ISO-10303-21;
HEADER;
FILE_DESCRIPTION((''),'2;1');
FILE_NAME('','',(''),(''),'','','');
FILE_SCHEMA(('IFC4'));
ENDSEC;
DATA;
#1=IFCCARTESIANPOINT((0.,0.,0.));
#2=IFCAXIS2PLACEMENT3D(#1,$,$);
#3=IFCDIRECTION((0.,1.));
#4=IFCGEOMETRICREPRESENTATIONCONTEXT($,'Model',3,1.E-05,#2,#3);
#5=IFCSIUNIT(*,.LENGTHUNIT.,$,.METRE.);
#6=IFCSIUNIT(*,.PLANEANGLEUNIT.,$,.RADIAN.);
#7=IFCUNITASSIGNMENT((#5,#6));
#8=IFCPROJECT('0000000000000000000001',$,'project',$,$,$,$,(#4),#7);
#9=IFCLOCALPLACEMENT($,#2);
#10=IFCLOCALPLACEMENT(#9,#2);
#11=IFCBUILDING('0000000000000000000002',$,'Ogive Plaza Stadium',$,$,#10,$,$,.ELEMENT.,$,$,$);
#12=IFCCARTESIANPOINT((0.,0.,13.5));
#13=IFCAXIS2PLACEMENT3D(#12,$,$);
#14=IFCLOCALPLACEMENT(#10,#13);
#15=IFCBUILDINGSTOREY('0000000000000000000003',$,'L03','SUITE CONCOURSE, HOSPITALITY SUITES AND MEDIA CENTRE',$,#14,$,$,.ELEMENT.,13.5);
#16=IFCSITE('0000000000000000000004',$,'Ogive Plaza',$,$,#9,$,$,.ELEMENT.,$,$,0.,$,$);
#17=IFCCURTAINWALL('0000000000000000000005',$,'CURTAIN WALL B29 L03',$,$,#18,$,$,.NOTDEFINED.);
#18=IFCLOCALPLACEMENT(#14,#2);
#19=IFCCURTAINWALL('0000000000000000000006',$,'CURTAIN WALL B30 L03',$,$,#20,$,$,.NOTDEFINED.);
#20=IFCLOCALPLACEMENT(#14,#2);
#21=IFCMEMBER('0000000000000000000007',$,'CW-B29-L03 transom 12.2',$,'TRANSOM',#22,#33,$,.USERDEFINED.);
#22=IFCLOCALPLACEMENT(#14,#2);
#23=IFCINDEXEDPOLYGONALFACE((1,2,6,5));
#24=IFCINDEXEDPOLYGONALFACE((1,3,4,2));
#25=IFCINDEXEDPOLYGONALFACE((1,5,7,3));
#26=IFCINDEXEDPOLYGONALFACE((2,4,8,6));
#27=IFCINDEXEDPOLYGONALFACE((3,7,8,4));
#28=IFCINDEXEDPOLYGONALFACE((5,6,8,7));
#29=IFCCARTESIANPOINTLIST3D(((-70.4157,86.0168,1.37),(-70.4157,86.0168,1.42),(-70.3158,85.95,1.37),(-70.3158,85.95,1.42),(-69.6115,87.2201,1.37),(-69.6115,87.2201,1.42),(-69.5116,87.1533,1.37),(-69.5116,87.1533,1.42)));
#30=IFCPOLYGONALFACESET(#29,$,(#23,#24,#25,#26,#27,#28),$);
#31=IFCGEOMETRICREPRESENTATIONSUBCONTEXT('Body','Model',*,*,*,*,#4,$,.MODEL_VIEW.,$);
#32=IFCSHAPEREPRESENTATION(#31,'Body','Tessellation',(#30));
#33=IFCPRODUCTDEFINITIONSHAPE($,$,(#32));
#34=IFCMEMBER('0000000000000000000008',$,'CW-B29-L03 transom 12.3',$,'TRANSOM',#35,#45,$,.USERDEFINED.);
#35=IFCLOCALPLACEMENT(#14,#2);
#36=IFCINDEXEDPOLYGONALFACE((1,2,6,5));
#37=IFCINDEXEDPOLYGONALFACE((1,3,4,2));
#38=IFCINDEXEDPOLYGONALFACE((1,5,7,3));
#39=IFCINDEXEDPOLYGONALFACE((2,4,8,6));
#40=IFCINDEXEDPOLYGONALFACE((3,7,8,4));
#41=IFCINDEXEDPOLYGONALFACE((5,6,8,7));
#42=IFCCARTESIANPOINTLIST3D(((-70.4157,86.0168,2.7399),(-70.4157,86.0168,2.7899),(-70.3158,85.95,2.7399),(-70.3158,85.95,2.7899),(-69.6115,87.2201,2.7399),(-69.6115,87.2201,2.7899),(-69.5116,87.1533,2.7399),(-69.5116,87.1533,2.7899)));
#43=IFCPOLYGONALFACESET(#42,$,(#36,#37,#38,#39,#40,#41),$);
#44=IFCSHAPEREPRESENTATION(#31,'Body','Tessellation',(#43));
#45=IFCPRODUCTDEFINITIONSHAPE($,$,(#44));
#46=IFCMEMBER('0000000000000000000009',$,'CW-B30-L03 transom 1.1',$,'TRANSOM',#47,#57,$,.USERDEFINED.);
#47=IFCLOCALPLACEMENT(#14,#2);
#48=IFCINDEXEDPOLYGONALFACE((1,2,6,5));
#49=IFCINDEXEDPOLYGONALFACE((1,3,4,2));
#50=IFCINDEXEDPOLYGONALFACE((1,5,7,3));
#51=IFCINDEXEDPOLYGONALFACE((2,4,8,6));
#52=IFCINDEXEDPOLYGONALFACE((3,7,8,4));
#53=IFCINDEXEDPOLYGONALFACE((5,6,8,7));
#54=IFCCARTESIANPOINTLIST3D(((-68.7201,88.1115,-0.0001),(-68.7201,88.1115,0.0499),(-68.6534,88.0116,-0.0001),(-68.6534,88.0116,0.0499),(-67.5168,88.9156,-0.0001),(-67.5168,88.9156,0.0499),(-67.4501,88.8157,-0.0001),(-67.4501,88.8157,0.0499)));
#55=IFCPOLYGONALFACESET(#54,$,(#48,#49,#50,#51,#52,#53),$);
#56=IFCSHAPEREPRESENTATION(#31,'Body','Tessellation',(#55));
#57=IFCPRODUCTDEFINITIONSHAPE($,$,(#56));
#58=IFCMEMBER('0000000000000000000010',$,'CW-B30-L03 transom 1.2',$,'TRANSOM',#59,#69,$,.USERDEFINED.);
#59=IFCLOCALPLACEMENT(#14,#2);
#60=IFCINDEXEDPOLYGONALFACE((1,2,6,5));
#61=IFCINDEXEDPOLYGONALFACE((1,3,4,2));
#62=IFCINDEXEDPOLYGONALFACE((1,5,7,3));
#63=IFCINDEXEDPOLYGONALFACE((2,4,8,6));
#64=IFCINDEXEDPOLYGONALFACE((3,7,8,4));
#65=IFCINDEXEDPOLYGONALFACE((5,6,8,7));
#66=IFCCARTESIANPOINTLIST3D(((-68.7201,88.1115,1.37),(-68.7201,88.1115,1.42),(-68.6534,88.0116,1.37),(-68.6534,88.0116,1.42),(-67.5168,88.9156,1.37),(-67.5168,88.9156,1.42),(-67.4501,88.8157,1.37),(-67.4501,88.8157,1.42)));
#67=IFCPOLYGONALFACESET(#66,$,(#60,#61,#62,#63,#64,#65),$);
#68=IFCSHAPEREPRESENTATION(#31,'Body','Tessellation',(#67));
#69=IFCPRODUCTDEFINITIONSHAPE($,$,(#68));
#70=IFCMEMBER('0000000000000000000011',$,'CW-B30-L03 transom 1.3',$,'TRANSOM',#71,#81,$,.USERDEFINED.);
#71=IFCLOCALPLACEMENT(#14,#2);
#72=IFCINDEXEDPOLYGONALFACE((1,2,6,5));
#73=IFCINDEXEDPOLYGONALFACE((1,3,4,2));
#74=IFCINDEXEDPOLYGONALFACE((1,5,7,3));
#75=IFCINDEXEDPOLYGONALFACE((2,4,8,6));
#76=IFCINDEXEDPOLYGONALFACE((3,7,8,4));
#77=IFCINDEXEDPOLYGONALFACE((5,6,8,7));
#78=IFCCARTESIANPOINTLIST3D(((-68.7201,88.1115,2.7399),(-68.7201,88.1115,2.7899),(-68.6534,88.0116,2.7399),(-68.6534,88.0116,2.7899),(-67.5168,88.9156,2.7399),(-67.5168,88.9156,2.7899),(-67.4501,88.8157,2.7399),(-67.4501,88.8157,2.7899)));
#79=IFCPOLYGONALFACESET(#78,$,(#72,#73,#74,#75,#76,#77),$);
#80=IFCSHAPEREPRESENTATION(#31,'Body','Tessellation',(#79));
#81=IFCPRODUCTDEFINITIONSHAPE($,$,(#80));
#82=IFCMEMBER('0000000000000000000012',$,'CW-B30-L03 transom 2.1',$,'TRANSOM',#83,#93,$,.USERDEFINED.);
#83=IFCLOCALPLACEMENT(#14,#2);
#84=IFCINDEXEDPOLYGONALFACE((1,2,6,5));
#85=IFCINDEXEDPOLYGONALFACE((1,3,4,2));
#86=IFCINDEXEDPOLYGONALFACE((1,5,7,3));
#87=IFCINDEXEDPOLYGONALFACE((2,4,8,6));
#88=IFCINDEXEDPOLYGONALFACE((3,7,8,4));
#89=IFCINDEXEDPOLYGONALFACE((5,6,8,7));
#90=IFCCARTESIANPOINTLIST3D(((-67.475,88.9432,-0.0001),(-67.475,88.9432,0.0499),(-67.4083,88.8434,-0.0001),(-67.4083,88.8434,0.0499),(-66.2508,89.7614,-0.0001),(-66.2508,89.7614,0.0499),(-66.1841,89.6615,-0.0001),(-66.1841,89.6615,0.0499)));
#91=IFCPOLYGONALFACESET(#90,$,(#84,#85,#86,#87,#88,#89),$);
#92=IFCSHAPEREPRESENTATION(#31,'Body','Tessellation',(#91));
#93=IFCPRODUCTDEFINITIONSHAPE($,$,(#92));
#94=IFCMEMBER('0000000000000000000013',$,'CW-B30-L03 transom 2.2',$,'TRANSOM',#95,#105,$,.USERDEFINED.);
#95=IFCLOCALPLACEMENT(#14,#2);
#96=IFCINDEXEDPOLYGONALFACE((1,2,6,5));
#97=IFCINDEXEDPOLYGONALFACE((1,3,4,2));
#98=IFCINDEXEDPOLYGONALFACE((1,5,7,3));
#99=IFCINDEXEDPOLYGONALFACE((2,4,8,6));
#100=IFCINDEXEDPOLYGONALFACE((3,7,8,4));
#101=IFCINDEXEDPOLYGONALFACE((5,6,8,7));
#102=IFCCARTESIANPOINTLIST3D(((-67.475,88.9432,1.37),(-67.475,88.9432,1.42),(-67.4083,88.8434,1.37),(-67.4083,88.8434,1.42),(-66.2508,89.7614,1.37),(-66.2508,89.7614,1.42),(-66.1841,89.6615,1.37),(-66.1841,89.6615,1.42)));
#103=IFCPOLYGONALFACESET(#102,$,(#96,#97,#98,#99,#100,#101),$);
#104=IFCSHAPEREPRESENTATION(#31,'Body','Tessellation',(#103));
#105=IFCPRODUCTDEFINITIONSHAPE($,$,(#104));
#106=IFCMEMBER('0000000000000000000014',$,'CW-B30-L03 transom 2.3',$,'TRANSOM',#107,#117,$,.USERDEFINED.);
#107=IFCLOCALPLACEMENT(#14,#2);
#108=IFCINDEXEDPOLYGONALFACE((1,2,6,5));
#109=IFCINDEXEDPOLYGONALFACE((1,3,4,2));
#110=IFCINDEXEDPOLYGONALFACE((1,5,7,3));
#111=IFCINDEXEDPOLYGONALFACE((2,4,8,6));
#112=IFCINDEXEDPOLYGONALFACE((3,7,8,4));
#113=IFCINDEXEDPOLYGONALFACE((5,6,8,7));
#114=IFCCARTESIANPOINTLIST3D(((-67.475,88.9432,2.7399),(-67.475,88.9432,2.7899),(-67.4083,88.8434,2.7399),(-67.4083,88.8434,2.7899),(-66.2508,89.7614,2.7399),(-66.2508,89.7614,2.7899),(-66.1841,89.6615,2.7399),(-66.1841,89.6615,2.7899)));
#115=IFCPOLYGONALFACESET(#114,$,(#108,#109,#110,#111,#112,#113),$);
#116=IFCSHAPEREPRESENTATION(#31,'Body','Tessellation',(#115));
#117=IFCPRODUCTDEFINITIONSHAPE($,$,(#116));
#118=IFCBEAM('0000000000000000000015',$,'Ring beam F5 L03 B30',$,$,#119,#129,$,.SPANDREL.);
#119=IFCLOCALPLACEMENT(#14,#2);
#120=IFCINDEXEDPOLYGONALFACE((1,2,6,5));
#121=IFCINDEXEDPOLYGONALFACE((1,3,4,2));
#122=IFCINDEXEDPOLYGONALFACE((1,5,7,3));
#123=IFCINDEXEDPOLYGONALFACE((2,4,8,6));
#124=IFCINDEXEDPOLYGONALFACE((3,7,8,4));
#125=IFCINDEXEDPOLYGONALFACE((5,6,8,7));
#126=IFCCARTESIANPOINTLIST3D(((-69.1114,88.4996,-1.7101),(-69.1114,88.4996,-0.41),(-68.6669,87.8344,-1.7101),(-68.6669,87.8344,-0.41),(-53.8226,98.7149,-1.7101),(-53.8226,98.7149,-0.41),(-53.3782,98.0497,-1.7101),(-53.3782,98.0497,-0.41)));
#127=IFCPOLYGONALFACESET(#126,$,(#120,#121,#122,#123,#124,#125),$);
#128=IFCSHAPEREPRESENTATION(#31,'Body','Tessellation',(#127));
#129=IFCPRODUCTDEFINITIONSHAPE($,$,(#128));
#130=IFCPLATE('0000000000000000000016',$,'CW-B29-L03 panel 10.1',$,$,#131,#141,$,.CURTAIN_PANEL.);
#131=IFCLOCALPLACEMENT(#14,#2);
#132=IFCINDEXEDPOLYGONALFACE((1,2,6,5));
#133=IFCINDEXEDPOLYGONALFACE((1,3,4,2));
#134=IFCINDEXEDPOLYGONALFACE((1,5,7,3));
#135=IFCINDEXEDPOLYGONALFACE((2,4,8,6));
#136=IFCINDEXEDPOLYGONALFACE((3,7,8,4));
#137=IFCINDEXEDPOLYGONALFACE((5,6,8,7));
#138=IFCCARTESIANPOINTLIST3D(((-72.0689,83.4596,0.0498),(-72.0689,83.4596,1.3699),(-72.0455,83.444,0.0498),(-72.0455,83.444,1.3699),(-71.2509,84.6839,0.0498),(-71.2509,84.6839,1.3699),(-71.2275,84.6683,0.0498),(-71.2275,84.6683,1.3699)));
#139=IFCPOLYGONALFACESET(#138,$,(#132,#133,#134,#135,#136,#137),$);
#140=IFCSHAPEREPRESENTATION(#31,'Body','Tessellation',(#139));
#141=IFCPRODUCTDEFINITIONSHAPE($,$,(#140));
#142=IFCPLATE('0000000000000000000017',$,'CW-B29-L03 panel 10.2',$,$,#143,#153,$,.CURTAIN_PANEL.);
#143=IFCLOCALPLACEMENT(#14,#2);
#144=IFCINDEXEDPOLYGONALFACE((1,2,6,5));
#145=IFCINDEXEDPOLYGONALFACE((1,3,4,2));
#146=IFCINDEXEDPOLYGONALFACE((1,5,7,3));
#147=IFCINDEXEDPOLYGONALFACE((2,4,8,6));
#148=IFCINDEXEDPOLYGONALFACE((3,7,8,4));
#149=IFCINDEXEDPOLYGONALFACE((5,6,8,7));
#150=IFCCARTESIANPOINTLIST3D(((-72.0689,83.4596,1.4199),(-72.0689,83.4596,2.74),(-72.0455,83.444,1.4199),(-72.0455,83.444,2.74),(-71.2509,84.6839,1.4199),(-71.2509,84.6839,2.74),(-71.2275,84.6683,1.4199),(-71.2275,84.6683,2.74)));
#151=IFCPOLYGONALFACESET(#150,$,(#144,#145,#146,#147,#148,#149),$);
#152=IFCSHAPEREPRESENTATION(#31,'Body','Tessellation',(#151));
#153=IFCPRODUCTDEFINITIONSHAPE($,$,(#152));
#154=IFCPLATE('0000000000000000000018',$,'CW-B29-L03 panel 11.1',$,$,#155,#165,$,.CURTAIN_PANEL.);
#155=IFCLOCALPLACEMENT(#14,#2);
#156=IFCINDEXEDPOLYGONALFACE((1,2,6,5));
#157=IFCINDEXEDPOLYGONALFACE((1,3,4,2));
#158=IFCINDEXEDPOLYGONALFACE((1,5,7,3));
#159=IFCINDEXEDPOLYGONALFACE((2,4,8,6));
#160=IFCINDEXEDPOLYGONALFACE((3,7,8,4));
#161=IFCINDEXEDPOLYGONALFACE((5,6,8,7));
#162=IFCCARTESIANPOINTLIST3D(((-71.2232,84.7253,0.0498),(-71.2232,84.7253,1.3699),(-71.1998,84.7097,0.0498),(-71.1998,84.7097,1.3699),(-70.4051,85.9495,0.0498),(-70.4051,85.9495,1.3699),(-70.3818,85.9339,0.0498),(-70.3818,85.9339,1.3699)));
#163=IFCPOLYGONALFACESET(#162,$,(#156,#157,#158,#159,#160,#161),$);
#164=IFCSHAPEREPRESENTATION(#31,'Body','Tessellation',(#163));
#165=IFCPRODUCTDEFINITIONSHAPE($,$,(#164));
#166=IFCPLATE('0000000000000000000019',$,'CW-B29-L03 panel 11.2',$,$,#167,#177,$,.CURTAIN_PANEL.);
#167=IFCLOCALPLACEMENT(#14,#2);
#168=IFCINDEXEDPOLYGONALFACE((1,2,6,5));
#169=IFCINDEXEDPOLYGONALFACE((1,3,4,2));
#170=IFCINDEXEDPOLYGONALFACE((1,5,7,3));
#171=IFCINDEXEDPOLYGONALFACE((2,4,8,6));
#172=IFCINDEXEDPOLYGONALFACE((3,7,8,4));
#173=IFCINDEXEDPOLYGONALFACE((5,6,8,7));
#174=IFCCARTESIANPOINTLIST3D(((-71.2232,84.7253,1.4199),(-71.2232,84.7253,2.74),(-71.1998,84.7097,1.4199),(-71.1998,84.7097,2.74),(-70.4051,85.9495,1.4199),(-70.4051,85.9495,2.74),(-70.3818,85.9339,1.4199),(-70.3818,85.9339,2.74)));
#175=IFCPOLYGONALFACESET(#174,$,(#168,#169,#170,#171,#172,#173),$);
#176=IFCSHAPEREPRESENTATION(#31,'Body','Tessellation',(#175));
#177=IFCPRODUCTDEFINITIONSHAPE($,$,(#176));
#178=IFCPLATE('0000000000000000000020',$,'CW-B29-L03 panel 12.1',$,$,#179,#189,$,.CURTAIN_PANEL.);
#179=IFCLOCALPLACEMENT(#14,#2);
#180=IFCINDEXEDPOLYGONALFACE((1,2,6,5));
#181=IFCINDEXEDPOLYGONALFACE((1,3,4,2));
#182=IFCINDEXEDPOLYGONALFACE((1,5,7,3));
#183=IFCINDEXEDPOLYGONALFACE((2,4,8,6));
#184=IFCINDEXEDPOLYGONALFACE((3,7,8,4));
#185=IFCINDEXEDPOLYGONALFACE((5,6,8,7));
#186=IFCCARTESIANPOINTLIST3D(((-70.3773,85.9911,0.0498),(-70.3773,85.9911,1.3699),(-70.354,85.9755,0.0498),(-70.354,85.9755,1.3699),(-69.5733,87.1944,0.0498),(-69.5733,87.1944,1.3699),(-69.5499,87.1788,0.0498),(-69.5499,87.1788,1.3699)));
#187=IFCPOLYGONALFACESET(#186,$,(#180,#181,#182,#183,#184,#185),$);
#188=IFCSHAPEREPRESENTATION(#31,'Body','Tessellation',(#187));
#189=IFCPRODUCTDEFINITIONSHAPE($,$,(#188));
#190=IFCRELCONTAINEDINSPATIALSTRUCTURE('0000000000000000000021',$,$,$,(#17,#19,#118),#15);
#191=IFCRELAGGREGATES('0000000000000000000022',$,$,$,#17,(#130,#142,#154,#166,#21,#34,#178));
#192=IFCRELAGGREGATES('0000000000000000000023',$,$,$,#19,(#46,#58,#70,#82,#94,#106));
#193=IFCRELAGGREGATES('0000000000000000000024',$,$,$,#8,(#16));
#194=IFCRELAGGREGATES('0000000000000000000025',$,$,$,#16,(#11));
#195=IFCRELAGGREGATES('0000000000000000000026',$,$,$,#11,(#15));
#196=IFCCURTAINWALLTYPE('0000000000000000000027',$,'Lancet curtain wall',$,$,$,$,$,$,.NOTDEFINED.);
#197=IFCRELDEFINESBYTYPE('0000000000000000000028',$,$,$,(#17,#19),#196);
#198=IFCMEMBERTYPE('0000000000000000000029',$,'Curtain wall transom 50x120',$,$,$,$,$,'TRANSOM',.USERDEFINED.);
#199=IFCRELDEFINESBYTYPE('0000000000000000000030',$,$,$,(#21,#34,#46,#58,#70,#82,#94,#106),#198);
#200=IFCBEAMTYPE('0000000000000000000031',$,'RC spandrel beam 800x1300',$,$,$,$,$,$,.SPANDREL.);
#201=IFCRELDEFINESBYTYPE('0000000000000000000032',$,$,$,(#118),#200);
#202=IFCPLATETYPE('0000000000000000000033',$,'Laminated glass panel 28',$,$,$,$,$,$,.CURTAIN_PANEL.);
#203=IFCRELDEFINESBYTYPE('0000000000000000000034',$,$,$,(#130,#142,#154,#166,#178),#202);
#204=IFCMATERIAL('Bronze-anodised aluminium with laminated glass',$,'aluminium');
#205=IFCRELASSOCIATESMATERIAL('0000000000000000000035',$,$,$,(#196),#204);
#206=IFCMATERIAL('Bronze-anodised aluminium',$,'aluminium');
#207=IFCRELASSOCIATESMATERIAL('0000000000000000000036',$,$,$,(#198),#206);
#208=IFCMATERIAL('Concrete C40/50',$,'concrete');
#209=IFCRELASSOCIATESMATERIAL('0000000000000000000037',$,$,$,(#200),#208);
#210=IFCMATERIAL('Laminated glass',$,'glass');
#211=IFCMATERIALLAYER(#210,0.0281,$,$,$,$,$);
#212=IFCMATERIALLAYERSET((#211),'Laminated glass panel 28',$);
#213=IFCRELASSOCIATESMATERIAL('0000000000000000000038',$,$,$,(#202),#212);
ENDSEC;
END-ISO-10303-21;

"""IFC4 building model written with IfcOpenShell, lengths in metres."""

from ifc_helpers import new_model, si_unit, direction, frame, origin, origin_2d, place, context, subcontext, project, spatial, rectangle, extrude, material, layer, layer_set, material_profile, profile_set, type_object, element, aggregate, save


model = new_model("IFC4")

# Units and contexts
model_context = context("Model", 3, precision=1e-05, world=origin(), true_north=direction((0.0, 1.0)))
body_context = subcontext(model_context, "Body", "Model", "MODEL_VIEW")
ifc_project = project(units=[si_unit("LENGTHUNIT", "METRE"), si_unit("PLANEANGLEUNIT", "RADIAN")], contexts=[model_context])

# Site, building, storey
site_placement = place(None, origin())
site = spatial("IfcSite", under=ifc_project, at=site_placement, Name="Ogive Plaza", CompositionType="ELEMENT", RefElevation=0.0)
building_placement = place(site_placement, origin())
building = spatial("IfcBuilding", under=site, at=building_placement, Name="Ogive Plaza Stadium", CompositionType="ELEMENT")
storey_placement = place(building_placement, frame((0.0, 0.0, 13.5)))
storey = spatial("IfcBuildingStorey", under=building, at=storey_placement, Name="L03", Description="SUITE CONCOURSE, HOSPITALITY SUITES AND MEDIA CENTRE", CompositionType="ELEMENT", Elevation=13.5)

# Curtain walls
ifc_material_1 = material(Name="Bronze-anodised aluminium with laminated glass", Category="aluminium")
curtain_wall_type = type_object("IfcCurtainWallType", Name="Lancet curtain wall", PredefinedType="NOTDEFINED", material=ifc_material_1)
curtain_wall_1_placement = place(storey_placement, origin())
curtain_wall_1 = element("IfcCurtainWall", 1, at=curtain_wall_1_placement, inside=storey, type_object=curtain_wall_type, Name="CURTAIN WALL B29 L03", PredefinedType="NOTDEFINED")
curtain_wall_2_placement = place(storey_placement, origin())
curtain_wall_2 = element("IfcCurtainWall", 2, at=curtain_wall_2_placement, inside=storey, type_object=curtain_wall_type, Name="CURTAIN WALL B30 L03", PredefinedType="NOTDEFINED")

# Members
ifc_material_2 = material(Name="Bronze-anodised aluminium", Category="aluminium")
ifc_material_profile_1 = material_profile(ifc_material_2, rectangle(XDim=0.1201, YDim=0.05, at=origin_2d()), Name="AL 120x50")
ifc_profile_set_1 = profile_set([ifc_material_profile_1], Name="Bronze-anodised aluminium")
member_type_1 = type_object("IfcMemberType", Name="Curtain wall transom 50x120", ElementType="TRANSOM", PredefinedType="USERDEFINED", material=ifc_profile_set_1)
member_1_placement = place(storey_placement, frame((-70.3657, 85.9834, 1.395), z_axis=(0.555634, 0.831427, 0.0), x_axis=(-0.831427, 0.555634, 0.0)))
member_1 = element("IfcMember", 3, at=member_1_placement, type_object=member_type_1, Name="CW-B29-L03 transom 12.2", ObjectType="TRANSOM", PredefinedType="USERDEFINED", context=body_context, shape_type="SweptSolid", body=[
    extrude(rectangle(XDim=0.1201, YDim=0.05, at=origin_2d()), origin(), (0.0, 0.0, 1.0), 1.4473),
])
member_2_placement = place(storey_placement, frame((-70.3657, 85.9834, 2.7649), z_axis=(0.555634, 0.831427, 0.0), x_axis=(-0.831427, 0.555634, 0.0)))
member_2 = element("IfcMember", 4, at=member_2_placement, type_object=member_type_1, Name="CW-B29-L03 transom 12.3", ObjectType="TRANSOM", PredefinedType="USERDEFINED", context=body_context, shape_type="SweptSolid", body=[
    extrude(rectangle(XDim=0.1201, YDim=0.05, at=origin_2d()), origin(), (0.0, 0.0, 1.0), 1.4473),
])
member_3_placement = place(storey_placement, frame((-68.6868, 88.0615, 0.0249), z_axis=(0.831427, 0.555634, 0.0), x_axis=(-0.555634, 0.831427, 0.0)))
member_3 = element("IfcMember", 5, at=member_3_placement, type_object=member_type_1, Name="CW-B30-L03 transom 1.1", ObjectType="TRANSOM", PredefinedType="USERDEFINED", context=body_context, shape_type="SweptSolid", body=[
    extrude(rectangle(XDim=0.1201, YDim=0.05, at=origin_2d()), origin(), (0.0, 0.0, 1.0), 1.4473),
])
member_4_placement = place(storey_placement, frame((-68.6868, 88.0615, 1.395), z_axis=(0.831427, 0.555634, 0.0), x_axis=(-0.555634, 0.831427, 0.0)))
member_4 = element("IfcMember", 6, at=member_4_placement, type_object=member_type_1, Name="CW-B30-L03 transom 1.2", ObjectType="TRANSOM", PredefinedType="USERDEFINED", context=body_context, shape_type="SweptSolid", body=[
    extrude(rectangle(XDim=0.1201, YDim=0.05, at=origin_2d()), origin(), (0.0, 0.0, 1.0), 1.4473),
])
member_5_placement = place(storey_placement, frame((-68.6868, 88.0615, 2.7649), z_axis=(0.831427, 0.555634, 0.0), x_axis=(-0.555634, 0.831427, 0.0)))
member_5 = element("IfcMember", 7, at=member_5_placement, type_object=member_type_1, Name="CW-B30-L03 transom 1.3", ObjectType="TRANSOM", PredefinedType="USERDEFINED", context=body_context, shape_type="SweptSolid", body=[
    extrude(rectangle(XDim=0.1201, YDim=0.05, at=origin_2d()), origin(), (0.0, 0.0, 1.0), 1.4473),
])
member_6_placement = place(storey_placement, frame((-67.4417, 88.8933, 0.0249), z_axis=(0.831412, 0.555656, 0.0), x_axis=(-0.555656, 0.831412, 0.0)))
member_6 = element("IfcMember", 8, at=member_6_placement, type_object=member_type_1, Name="CW-B30-L03 transom 2.1", ObjectType="TRANSOM", PredefinedType="USERDEFINED", context=body_context, shape_type="SweptSolid", body=[
    extrude(rectangle(XDim=0.1201, YDim=0.05, at=origin_2d()), origin(), (0.0, 0.0, 1.0), 1.4724),
])
member_7_placement = place(storey_placement, frame((-67.4417, 88.8933, 1.395), z_axis=(0.831412, 0.555656, 0.0), x_axis=(-0.555656, 0.831412, 0.0)))
member_7 = element("IfcMember", 9, at=member_7_placement, type_object=member_type_1, Name="CW-B30-L03 transom 2.2", ObjectType="TRANSOM", PredefinedType="USERDEFINED", context=body_context, shape_type="SweptSolid", body=[
    extrude(rectangle(XDim=0.1201, YDim=0.05, at=origin_2d()), origin(), (0.0, 0.0, 1.0), 1.4724),
])
member_8_placement = place(storey_placement, frame((-67.4417, 88.8933, 2.7649), z_axis=(0.831412, 0.555656, 0.0), x_axis=(-0.555656, 0.831412, 0.0)))
member_8 = element("IfcMember", 10, at=member_8_placement, type_object=member_type_1, Name="CW-B30-L03 transom 2.3", ObjectType="TRANSOM", PredefinedType="USERDEFINED", context=body_context, shape_type="SweptSolid", body=[
    extrude(rectangle(XDim=0.1201, YDim=0.05, at=origin_2d()), origin(), (0.0, 0.0, 1.0), 1.4724),
])

# Beam
ifc_material_3 = material(Name="Concrete C40/50", Category="concrete")
ifc_material_profile_2 = material_profile(ifc_material_3, rectangle(XDim=0.8, YDim=1.3, at=origin_2d()), Name="RC 800x1300")
ifc_profile_set_2 = profile_set([ifc_material_profile_2], Name="Concrete C40/50")
beam_type = type_object("IfcBeamType", Name="RC spandrel beam 800x1300", PredefinedType="SPANDREL", material=ifc_profile_set_2)
beam_placement = place(storey_placement, frame((-68.8892, 88.167, -1.0601), z_axis=(0.831478, 0.555558, 0.0), x_axis=(-0.555558, 0.831478, 0.0)))
element("IfcBeam", 11, at=beam_placement, inside=storey, type_object=beam_type, Name="Ring beam F5 L03 B30", PredefinedType="SPANDREL", context=body_context, shape_type="SweptSolid", body=[
    extrude(rectangle(XDim=0.8, YDim=1.3, at=origin_2d()), origin(), (0.0, 0.0, 1.0), 18.3875),
])

# Plates
ifc_material_4 = material(Name="Laminated glass", Category="glass")
ifc_layer = layer(ifc_material_4, 0.0281)
ifc_layer_set = layer_set([ifc_layer], Name="Laminated glass panel 28")
plate_type = type_object("IfcPlateType", Name="Laminated glass panel 28", PredefinedType="CURTAIN_PANEL", material=ifc_layer_set)
plate_1_placement = place(storey_placement, frame((-71.6482, 84.064, 0.0498), z_axis=(0.0, 0.0, 1.0), x_axis=(0.55557, 0.83147, 0.0)))
plate_1 = element("IfcPlate", 12, at=plate_1_placement, type_object=plate_type, Name="CW-B29-L03 panel 10.1", PredefinedType="CURTAIN_PANEL", context=body_context, shape_type="SweptSolid", body=[
    extrude(rectangle(XDim=1.4724, YDim=0.0281, at=origin_2d()), origin(), (0.0, 0.0, 1.0), 1.3201),
])
plate_2_placement = place(storey_placement, frame((-71.6482, 84.064, 1.4199), z_axis=(0.0, 0.0, 1.0), x_axis=(0.55557, 0.83147, 0.0)))
plate_2 = element("IfcPlate", 13, at=plate_2_placement, type_object=plate_type, Name="CW-B29-L03 panel 10.2", PredefinedType="CURTAIN_PANEL", context=body_context, shape_type="SweptSolid", body=[
    extrude(rectangle(XDim=1.4724, YDim=0.0281, at=origin_2d()), origin(), (0.0, 0.0, 1.0), 1.3201),
])
plate_3_placement = place(storey_placement, frame((-70.8025, 85.3296, 0.0498), z_axis=(0.0, 0.0, 1.0), x_axis=(0.55557, 0.83147, 0.0)))
plate_3 = element("IfcPlate", 14, at=plate_3_placement, type_object=plate_type, Name="CW-B29-L03 panel 11.1", PredefinedType="CURTAIN_PANEL", context=body_context, shape_type="SweptSolid", body=[
    extrude(rectangle(XDim=1.4724, YDim=0.0281, at=origin_2d()), origin(), (0.0, 0.0, 1.0), 1.3201),
])
plate_4_placement = place(storey_placement, frame((-70.8025, 85.3296, 1.4199), z_axis=(0.0, 0.0, 1.0), x_axis=(0.55557, 0.83147, 0.0)))
plate_4 = element("IfcPlate", 15, at=plate_4_placement, type_object=plate_type, Name="CW-B29-L03 panel 11.2", PredefinedType="CURTAIN_PANEL", context=body_context, shape_type="SweptSolid", body=[
    extrude(rectangle(XDim=1.4724, YDim=0.0281, at=origin_2d()), origin(), (0.0, 0.0, 1.0), 1.3201),
])
plate_5_placement = place(storey_placement, frame((-69.9636, 86.585, 0.0498), z_axis=(0.0, 0.0, 1.0), x_axis=(0.55557, 0.83147, 0.0)))
plate_5 = element("IfcPlate", 16, at=plate_5_placement, type_object=plate_type, Name="CW-B29-L03 panel 12.1", PredefinedType="CURTAIN_PANEL", context=body_context, shape_type="SweptSolid", body=[
    extrude(rectangle(XDim=1.4473, YDim=0.0281, at=origin_2d()), origin(), (0.0, 0.0, 1.0), 1.3201),
])
aggregate(curtain_wall_1, [plate_1, plate_2, plate_3, plate_4, member_1, member_2, plate_5])
aggregate(curtain_wall_2, [member_3, member_4, member_5, member_6, member_7, member_8])

save(model, "model.ifc")
